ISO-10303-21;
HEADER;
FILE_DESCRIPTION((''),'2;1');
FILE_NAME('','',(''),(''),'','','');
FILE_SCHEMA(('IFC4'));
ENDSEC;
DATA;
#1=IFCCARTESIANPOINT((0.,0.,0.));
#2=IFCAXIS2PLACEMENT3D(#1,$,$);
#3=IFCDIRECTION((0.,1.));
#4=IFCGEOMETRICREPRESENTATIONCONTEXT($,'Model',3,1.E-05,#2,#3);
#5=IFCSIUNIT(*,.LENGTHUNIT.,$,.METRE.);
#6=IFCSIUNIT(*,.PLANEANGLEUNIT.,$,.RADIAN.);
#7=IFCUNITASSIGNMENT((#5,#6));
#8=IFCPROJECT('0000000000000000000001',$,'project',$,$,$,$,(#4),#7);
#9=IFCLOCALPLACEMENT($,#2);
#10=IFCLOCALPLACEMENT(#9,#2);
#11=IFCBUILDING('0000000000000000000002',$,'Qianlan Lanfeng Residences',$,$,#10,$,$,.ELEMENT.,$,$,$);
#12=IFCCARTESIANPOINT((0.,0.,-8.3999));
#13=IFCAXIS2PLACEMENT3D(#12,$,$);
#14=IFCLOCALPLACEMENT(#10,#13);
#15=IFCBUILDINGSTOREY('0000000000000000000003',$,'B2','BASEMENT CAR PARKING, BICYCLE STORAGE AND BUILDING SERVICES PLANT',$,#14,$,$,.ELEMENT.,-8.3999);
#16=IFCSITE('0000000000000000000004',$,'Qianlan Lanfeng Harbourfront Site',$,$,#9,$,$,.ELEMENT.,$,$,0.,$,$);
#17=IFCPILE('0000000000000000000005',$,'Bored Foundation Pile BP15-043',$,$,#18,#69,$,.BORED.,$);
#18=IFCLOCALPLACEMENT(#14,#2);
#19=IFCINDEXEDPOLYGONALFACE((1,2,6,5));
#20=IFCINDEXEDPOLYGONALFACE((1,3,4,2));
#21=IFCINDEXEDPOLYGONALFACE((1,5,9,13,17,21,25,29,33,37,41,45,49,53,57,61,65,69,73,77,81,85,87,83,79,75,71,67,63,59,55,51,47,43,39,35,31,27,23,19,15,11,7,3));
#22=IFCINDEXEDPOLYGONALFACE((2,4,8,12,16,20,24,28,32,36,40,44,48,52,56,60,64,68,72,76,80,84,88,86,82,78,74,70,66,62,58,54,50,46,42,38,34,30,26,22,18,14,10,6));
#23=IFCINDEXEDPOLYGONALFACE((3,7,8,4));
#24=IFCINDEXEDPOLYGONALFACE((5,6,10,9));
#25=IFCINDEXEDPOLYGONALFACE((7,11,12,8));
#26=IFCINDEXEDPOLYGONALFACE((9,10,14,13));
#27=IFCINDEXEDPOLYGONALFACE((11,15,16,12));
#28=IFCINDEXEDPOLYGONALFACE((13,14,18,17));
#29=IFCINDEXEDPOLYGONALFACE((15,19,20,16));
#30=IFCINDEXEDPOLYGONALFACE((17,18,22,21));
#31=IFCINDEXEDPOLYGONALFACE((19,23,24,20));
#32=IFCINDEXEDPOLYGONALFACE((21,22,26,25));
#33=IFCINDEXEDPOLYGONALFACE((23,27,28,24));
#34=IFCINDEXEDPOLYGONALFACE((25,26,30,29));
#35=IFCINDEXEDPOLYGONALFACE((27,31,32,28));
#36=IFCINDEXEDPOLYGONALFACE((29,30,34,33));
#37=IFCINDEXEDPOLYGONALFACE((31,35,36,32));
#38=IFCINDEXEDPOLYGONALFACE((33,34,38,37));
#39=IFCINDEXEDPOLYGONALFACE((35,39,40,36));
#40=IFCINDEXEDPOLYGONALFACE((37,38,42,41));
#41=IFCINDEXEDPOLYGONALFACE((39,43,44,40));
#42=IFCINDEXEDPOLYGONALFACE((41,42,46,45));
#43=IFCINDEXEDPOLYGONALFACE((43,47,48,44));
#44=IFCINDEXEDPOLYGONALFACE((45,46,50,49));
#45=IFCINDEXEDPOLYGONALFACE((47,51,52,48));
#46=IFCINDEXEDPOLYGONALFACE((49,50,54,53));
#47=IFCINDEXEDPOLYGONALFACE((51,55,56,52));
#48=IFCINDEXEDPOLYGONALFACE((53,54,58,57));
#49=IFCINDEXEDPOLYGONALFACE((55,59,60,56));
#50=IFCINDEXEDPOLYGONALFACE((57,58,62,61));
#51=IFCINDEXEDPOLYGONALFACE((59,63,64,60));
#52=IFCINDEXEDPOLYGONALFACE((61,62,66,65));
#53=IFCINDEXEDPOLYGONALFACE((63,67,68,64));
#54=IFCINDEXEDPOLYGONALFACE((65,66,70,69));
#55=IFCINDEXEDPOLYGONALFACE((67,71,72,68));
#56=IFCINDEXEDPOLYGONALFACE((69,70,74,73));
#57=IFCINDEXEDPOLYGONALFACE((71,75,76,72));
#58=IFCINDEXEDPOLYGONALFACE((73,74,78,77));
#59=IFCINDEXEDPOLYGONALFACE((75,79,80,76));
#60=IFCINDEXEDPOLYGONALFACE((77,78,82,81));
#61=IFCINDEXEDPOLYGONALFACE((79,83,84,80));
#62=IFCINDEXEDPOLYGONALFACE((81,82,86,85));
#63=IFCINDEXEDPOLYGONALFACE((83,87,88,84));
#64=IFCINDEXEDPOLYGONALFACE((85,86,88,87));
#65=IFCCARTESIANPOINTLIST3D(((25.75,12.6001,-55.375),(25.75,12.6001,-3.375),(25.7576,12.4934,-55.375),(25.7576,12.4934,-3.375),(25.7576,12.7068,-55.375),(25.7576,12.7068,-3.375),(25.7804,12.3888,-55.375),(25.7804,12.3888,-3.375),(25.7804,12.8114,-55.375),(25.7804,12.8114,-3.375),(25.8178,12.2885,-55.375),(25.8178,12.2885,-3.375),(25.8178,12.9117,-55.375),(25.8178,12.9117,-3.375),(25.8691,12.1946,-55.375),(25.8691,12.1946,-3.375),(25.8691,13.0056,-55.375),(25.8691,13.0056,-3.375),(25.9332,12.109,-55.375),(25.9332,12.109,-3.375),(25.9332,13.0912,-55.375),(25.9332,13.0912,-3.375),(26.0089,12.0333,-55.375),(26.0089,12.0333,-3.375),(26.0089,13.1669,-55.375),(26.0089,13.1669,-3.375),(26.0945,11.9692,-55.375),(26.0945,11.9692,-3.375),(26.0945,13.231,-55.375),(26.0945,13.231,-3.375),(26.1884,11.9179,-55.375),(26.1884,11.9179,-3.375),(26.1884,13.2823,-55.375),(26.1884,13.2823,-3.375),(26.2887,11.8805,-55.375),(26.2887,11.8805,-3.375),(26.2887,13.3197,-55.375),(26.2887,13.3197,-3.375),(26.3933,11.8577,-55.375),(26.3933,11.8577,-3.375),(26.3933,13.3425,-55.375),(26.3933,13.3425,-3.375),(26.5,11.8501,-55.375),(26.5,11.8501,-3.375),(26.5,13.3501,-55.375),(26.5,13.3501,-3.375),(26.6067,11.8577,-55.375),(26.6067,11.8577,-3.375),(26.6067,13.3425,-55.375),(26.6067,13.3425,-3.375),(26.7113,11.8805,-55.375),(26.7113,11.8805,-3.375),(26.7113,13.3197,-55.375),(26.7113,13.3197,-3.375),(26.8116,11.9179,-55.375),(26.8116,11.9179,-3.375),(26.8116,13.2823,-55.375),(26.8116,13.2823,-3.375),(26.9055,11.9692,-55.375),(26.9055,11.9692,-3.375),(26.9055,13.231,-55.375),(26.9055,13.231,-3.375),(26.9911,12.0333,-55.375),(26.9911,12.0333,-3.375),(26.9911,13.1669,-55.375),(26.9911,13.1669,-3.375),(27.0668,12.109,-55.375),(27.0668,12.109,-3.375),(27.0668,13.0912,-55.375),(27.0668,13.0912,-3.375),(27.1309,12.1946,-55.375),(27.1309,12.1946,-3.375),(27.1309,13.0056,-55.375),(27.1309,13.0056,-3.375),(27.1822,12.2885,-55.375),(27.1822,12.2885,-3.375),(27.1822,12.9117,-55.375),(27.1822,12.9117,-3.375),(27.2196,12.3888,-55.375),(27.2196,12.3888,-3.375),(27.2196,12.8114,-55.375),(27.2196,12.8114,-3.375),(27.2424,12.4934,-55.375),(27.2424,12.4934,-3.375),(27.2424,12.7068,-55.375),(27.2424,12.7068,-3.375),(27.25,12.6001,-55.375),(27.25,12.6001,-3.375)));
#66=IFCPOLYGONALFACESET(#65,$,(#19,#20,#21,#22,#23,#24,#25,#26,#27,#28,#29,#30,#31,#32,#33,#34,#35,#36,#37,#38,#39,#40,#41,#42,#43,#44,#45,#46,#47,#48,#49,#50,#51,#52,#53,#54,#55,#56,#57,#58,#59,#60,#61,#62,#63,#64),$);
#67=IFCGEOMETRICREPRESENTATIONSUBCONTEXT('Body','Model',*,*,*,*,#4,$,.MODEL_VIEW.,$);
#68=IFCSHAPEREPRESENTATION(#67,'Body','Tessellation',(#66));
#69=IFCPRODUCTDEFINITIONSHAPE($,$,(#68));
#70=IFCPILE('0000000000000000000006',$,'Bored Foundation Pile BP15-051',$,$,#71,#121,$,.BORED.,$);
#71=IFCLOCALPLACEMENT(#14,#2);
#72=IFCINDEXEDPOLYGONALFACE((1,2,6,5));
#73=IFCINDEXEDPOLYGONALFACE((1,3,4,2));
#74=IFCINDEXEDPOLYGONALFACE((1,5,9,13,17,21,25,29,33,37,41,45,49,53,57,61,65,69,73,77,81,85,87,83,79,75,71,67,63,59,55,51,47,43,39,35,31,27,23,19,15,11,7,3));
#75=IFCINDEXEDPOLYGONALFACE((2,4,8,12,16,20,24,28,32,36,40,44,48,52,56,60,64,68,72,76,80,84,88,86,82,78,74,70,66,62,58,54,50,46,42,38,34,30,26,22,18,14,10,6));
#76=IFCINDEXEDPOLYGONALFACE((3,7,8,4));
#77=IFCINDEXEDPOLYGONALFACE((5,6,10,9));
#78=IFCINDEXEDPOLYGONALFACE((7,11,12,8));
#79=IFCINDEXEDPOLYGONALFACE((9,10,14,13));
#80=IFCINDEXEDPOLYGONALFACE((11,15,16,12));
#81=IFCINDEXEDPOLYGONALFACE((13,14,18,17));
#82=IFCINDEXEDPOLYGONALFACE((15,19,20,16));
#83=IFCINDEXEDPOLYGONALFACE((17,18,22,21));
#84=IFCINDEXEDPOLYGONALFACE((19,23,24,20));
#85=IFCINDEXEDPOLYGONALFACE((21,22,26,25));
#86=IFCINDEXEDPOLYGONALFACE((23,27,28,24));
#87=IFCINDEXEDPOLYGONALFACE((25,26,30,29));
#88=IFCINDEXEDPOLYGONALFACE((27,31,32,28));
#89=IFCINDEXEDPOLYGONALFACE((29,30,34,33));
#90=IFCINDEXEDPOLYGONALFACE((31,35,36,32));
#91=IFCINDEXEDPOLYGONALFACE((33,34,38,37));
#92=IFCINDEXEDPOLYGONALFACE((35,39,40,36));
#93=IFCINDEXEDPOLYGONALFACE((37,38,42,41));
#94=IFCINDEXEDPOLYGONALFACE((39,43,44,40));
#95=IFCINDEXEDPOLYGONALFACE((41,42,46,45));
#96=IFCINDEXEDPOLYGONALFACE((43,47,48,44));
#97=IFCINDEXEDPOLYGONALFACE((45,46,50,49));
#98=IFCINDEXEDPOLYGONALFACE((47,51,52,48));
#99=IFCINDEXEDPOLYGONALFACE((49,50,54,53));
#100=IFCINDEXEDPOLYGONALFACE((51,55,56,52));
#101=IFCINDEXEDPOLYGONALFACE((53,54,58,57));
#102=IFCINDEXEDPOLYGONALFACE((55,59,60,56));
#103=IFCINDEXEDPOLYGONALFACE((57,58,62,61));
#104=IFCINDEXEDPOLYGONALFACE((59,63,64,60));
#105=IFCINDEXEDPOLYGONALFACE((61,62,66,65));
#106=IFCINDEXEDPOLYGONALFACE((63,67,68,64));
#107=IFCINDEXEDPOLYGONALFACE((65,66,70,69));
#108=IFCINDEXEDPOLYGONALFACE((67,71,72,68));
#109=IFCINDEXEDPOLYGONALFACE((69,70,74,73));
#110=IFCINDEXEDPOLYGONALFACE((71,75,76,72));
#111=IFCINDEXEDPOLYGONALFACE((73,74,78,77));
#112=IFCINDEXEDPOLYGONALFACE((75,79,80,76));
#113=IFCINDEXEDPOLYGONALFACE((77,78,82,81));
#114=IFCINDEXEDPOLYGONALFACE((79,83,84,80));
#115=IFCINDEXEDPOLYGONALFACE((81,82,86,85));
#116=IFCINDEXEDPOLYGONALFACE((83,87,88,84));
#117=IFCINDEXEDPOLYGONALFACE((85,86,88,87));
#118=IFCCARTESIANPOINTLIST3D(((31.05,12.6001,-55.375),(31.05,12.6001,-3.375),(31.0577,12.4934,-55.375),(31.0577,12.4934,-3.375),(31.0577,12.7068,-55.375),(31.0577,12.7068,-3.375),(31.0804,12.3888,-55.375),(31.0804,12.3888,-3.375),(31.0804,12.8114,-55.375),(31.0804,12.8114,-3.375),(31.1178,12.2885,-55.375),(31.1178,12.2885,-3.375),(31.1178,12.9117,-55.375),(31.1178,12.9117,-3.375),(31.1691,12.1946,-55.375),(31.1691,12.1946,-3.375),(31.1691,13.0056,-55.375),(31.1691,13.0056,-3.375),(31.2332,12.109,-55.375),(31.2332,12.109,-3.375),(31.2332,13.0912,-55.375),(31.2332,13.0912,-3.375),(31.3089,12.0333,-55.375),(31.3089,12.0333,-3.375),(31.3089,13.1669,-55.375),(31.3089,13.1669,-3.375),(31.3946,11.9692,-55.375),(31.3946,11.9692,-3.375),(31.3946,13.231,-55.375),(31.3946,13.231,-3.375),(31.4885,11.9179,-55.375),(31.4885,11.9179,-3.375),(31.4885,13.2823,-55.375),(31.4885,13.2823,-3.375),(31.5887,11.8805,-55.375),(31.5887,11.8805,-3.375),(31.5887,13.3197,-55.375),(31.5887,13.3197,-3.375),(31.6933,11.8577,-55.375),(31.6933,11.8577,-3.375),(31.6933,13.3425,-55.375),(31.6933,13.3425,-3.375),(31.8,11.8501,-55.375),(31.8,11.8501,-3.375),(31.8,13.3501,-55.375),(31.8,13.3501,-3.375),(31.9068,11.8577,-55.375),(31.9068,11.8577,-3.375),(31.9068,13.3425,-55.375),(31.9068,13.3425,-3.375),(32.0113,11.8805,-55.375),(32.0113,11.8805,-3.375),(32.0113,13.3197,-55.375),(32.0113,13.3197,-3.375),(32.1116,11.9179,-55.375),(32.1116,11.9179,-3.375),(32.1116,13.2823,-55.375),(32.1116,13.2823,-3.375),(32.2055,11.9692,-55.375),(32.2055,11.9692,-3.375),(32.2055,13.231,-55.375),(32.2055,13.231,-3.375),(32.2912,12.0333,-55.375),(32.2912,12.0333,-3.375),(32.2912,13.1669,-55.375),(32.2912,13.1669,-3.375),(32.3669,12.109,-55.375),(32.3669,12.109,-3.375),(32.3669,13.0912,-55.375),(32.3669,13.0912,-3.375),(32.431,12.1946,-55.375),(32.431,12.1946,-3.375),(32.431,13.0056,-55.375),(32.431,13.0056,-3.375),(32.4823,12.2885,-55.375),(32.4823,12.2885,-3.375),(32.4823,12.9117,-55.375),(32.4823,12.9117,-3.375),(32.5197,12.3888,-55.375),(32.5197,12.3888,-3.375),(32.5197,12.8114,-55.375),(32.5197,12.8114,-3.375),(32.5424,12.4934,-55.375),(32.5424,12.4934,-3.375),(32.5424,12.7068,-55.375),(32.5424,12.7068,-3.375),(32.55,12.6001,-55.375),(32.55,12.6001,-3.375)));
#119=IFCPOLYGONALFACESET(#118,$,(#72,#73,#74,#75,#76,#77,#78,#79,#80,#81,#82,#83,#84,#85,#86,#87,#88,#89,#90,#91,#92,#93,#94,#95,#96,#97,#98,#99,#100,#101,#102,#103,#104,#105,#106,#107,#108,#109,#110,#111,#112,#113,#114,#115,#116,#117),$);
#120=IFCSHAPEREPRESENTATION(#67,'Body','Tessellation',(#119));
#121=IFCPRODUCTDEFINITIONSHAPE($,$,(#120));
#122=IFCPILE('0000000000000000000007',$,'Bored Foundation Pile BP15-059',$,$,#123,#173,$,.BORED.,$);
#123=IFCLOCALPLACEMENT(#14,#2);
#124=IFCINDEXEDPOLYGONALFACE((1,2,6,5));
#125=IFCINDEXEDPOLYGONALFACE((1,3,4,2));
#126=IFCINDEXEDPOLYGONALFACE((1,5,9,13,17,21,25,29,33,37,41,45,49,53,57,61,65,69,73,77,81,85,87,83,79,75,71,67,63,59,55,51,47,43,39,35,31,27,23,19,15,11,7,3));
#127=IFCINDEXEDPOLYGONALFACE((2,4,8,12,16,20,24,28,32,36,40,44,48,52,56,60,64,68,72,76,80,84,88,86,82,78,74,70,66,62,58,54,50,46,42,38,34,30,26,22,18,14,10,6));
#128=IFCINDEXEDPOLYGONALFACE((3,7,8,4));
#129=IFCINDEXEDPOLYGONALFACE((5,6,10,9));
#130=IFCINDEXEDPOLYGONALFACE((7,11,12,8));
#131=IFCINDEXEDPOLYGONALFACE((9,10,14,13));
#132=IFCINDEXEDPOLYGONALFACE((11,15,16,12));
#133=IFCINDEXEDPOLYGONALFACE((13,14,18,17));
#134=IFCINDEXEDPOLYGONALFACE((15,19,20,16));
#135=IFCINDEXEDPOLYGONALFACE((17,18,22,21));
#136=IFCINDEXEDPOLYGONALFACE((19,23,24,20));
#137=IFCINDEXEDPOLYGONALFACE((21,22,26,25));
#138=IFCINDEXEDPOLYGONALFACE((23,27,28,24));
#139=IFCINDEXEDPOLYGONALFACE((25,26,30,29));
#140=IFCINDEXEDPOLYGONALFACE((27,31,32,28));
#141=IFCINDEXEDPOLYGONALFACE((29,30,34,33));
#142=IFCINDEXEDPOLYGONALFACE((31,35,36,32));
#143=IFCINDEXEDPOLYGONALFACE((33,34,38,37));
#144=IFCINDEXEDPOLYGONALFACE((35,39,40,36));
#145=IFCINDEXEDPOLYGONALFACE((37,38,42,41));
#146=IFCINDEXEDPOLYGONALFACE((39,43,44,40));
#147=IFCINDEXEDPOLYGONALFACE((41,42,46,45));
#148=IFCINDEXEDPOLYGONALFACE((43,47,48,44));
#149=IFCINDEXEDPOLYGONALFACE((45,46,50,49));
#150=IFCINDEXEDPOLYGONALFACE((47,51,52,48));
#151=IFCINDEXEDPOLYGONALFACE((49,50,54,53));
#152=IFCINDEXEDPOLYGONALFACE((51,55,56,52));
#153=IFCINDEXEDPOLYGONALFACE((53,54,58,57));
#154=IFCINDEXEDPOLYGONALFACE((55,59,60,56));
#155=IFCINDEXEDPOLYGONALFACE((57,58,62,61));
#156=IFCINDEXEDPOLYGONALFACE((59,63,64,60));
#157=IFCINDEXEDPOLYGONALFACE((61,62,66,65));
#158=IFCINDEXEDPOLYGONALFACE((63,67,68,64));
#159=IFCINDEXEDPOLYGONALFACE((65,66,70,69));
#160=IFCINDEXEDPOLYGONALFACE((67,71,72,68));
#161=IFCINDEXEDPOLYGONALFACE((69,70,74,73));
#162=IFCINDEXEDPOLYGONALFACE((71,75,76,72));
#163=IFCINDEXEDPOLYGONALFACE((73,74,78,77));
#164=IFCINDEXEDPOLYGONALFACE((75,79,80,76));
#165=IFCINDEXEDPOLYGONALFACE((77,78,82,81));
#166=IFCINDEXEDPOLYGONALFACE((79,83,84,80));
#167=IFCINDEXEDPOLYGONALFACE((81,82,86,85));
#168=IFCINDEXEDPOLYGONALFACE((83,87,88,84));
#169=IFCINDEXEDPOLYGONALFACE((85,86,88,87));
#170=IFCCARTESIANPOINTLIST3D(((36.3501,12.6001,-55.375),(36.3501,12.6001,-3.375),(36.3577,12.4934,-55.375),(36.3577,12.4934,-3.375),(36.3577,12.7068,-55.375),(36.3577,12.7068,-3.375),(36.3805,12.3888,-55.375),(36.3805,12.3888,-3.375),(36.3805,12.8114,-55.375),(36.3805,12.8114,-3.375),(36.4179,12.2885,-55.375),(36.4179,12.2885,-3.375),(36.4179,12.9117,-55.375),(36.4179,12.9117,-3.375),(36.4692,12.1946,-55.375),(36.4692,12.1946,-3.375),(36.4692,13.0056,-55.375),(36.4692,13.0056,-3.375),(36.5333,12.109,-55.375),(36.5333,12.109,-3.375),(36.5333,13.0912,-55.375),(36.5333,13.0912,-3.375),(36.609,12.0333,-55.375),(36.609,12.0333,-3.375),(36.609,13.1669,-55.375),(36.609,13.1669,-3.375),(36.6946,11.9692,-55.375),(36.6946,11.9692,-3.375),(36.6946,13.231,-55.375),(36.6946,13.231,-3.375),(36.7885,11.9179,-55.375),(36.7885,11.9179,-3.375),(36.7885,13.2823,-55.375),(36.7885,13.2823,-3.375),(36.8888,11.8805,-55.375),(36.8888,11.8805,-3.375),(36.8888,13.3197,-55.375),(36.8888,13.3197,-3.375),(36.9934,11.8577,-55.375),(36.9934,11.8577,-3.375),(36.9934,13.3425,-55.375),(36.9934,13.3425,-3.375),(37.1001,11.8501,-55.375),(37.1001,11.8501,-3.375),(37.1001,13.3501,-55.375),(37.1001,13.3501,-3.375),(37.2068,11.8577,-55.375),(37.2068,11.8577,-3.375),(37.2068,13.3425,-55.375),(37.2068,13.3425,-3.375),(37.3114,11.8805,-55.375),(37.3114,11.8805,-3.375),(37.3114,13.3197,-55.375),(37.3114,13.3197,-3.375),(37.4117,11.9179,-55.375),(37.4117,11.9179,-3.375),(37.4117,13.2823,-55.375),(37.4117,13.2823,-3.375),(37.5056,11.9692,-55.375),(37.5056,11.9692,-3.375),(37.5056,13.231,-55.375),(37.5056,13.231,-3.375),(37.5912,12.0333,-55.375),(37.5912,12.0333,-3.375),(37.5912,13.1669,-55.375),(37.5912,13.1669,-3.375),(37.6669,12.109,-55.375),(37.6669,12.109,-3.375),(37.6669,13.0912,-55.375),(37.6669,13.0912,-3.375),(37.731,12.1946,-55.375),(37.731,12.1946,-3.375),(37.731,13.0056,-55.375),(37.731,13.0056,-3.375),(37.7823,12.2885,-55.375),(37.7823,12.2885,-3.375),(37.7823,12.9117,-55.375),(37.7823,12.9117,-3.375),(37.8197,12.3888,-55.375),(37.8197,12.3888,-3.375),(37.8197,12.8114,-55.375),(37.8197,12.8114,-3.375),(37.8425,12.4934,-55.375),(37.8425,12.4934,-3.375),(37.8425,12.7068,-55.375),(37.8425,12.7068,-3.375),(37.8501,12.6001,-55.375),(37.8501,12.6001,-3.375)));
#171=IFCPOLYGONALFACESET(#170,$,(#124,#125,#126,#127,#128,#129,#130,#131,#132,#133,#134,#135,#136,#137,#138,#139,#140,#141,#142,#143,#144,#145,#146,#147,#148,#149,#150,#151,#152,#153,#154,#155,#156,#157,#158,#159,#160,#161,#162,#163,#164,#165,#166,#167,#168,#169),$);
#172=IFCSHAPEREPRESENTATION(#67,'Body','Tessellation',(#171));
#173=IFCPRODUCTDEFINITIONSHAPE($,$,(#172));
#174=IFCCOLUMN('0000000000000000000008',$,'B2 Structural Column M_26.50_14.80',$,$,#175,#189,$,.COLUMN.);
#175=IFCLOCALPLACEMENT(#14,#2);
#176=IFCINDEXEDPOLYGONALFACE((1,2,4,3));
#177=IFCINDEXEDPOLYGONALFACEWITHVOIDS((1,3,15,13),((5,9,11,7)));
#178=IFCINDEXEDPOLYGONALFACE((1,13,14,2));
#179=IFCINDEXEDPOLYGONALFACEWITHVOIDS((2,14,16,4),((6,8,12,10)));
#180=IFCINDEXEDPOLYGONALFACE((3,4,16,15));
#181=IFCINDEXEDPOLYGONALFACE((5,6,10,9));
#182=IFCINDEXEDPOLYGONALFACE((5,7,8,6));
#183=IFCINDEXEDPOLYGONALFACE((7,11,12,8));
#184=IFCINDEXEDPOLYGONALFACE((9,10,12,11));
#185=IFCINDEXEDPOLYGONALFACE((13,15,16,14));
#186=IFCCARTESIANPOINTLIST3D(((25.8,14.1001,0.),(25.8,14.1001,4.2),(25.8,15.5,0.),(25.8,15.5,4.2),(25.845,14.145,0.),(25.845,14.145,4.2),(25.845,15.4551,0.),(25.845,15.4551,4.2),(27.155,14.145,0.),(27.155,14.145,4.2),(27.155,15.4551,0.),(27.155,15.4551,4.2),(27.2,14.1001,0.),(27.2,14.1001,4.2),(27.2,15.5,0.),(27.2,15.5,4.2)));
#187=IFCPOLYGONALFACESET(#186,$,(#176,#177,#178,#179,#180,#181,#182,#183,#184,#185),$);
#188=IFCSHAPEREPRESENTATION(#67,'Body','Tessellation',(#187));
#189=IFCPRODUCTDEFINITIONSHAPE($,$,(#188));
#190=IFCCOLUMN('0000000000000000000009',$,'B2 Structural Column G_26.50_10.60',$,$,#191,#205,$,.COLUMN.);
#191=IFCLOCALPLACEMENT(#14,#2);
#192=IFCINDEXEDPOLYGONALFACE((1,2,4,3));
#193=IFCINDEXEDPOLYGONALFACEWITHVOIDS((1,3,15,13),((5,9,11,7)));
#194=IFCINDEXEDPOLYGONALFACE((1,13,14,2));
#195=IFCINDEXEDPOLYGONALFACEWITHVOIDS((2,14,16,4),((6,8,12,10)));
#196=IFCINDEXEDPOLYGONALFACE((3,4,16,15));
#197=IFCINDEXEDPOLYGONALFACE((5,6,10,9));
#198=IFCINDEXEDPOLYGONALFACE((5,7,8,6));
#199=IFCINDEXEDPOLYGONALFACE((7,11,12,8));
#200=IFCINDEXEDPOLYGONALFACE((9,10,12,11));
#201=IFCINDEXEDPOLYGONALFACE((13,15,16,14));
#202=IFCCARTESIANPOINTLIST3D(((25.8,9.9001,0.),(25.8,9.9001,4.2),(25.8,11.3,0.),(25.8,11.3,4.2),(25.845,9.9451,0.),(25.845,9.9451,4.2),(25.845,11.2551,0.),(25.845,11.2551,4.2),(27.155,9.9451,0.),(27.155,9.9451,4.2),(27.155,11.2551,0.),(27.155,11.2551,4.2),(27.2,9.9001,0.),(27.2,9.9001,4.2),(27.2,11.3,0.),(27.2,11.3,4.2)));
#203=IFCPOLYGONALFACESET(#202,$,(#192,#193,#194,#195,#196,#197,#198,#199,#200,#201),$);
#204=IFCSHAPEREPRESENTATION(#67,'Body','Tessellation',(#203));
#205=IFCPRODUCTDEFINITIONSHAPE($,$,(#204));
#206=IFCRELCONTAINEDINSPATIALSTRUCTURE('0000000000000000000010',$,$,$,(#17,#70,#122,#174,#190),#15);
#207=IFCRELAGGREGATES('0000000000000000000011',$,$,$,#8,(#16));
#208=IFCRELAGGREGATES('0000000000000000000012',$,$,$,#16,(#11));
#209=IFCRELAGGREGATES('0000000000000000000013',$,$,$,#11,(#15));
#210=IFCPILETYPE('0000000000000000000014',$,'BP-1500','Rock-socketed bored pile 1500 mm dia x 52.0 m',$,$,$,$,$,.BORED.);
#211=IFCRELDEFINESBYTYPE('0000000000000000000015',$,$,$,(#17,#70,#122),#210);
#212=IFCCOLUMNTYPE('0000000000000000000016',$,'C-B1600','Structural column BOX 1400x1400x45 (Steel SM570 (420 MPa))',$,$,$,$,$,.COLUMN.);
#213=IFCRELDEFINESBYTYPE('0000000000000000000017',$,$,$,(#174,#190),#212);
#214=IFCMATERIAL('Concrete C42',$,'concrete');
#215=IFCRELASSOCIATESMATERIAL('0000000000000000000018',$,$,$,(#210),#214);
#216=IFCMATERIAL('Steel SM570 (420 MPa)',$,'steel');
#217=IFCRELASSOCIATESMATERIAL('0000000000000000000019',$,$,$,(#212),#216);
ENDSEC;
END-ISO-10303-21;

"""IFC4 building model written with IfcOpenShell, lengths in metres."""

from ifc_helpers import new_model, si_unit, direction, frame, origin, origin_2d, place, context, subcontext, project, spatial, hollow_rectangle, circle, extrude, material, material_profile, profile_set, type_object, element, save


model = new_model("IFC4")

# Units and contexts
model_context = context("Model", 3, precision=1e-05, world=origin(), true_north=direction((0.0, 1.0)))
body_context = subcontext(model_context, "Body", "Model", "MODEL_VIEW")
ifc_project = project(units=[si_unit("LENGTHUNIT", "METRE"), si_unit("PLANEANGLEUNIT", "RADIAN")], contexts=[model_context])

# Site, building, storey
site_placement = place(None, origin())
site = spatial("IfcSite", under=ifc_project, at=site_placement, Name="Qianlan Lanfeng Harbourfront Site", CompositionType="ELEMENT", RefElevation=0.0)
building_placement = place(site_placement, origin())
building = spatial("IfcBuilding", under=site, at=building_placement, Name="Qianlan Lanfeng Residences", CompositionType="ELEMENT")
storey_placement = place(building_placement, frame((0.0, 0.0, -8.3999)))
storey = spatial("IfcBuildingStorey", under=building, at=storey_placement, Name="B2", Description="BASEMENT CAR PARKING, BICYCLE STORAGE AND BUILDING SERVICES PLANT", CompositionType="ELEMENT", Elevation=-8.3999)

# Piles
ifc_material_1 = material(Name="Concrete C42", Category="concrete")
ifc_material_profile_1 = material_profile(ifc_material_1, circle(Radius=0.75, at=origin_2d()), Name="PILE D1500")
ifc_profile_set_1 = profile_set([ifc_material_profile_1], Name="Concrete C42")
pile_type = type_object("IfcPileType", Name="BP-1500", Description="Rock-socketed bored pile 1500 mm dia x 52.0 m", PredefinedType="BORED", material=ifc_profile_set_1)
for number, where, z_axis, x_axis, name in (
    (1, (26.5, 12.6001, -3.375), (0.0, 0.0, -1.0), (1.0, 0.0, 0.0), "Bored Foundation Pile BP15-043"),
    (2, (31.8, 12.6001, -3.375), (0.0, 0.0, -1.0), (1.0, 0.0, 0.0), "Bored Foundation Pile BP15-051"),
    (3, (37.1001, 12.6001, -3.375), (0.0, 0.0, -1.0), (1.0, 0.0, 0.0), "Bored Foundation Pile BP15-059"),
):
    element("IfcPile", number, at=place(storey_placement, frame(where, z_axis=z_axis, x_axis=x_axis)), inside=storey, type_object=pile_type, Name=name, PredefinedType="BORED", context=body_context, shape_type="SweptSolid", body=[
        extrude(circle(Radius=0.75, at=origin_2d()), origin(), (0.0, 0.0, 1.0), 52.0),
    ])

# Columns
ifc_material_2 = material(Name="Steel SM570 (420 MPa)", Category="steel")
ifc_material_profile_2 = material_profile(ifc_material_2, hollow_rectangle(XDim=1.3999, YDim=1.3999, WallThickness=0.0449, at=origin_2d()), Name="BOX 1400x1400x45")
ifc_profile_set_2 = profile_set([ifc_material_profile_2], Name="Steel SM570 (420 MPa)")
column_type = type_object("IfcColumnType", Name="C-B1600", Description="Structural column BOX 1400x1400x45 (Steel SM570 (420 MPa))", PredefinedType="COLUMN", material=ifc_profile_set_2)
for number, where, z_axis, x_axis, name in (
    (4, (26.5, 14.8, 0.0), (0.0, 0.0, 1.0), (1.0, 0.0, 0.0), "B2 Structural Column M_26.50_14.80"),
    (5, (26.5, 10.6001, 0.0), (0.0, 0.0, 1.0), (1.0, 0.0, 0.0), "B2 Structural Column G_26.50_10.60"),
):
    element("IfcColumn", number, at=place(storey_placement, frame(where, z_axis=z_axis, x_axis=x_axis)), inside=storey, type_object=column_type, Name=name, PredefinedType="COLUMN", context=body_context, shape_type="SweptSolid", body=[
        extrude(hollow_rectangle(XDim=1.3999, YDim=1.3999, WallThickness=0.0449, at=origin_2d()), origin(), (0.0, 0.0, 1.0), 4.2),
    ])

save(model, "model.ifc")
